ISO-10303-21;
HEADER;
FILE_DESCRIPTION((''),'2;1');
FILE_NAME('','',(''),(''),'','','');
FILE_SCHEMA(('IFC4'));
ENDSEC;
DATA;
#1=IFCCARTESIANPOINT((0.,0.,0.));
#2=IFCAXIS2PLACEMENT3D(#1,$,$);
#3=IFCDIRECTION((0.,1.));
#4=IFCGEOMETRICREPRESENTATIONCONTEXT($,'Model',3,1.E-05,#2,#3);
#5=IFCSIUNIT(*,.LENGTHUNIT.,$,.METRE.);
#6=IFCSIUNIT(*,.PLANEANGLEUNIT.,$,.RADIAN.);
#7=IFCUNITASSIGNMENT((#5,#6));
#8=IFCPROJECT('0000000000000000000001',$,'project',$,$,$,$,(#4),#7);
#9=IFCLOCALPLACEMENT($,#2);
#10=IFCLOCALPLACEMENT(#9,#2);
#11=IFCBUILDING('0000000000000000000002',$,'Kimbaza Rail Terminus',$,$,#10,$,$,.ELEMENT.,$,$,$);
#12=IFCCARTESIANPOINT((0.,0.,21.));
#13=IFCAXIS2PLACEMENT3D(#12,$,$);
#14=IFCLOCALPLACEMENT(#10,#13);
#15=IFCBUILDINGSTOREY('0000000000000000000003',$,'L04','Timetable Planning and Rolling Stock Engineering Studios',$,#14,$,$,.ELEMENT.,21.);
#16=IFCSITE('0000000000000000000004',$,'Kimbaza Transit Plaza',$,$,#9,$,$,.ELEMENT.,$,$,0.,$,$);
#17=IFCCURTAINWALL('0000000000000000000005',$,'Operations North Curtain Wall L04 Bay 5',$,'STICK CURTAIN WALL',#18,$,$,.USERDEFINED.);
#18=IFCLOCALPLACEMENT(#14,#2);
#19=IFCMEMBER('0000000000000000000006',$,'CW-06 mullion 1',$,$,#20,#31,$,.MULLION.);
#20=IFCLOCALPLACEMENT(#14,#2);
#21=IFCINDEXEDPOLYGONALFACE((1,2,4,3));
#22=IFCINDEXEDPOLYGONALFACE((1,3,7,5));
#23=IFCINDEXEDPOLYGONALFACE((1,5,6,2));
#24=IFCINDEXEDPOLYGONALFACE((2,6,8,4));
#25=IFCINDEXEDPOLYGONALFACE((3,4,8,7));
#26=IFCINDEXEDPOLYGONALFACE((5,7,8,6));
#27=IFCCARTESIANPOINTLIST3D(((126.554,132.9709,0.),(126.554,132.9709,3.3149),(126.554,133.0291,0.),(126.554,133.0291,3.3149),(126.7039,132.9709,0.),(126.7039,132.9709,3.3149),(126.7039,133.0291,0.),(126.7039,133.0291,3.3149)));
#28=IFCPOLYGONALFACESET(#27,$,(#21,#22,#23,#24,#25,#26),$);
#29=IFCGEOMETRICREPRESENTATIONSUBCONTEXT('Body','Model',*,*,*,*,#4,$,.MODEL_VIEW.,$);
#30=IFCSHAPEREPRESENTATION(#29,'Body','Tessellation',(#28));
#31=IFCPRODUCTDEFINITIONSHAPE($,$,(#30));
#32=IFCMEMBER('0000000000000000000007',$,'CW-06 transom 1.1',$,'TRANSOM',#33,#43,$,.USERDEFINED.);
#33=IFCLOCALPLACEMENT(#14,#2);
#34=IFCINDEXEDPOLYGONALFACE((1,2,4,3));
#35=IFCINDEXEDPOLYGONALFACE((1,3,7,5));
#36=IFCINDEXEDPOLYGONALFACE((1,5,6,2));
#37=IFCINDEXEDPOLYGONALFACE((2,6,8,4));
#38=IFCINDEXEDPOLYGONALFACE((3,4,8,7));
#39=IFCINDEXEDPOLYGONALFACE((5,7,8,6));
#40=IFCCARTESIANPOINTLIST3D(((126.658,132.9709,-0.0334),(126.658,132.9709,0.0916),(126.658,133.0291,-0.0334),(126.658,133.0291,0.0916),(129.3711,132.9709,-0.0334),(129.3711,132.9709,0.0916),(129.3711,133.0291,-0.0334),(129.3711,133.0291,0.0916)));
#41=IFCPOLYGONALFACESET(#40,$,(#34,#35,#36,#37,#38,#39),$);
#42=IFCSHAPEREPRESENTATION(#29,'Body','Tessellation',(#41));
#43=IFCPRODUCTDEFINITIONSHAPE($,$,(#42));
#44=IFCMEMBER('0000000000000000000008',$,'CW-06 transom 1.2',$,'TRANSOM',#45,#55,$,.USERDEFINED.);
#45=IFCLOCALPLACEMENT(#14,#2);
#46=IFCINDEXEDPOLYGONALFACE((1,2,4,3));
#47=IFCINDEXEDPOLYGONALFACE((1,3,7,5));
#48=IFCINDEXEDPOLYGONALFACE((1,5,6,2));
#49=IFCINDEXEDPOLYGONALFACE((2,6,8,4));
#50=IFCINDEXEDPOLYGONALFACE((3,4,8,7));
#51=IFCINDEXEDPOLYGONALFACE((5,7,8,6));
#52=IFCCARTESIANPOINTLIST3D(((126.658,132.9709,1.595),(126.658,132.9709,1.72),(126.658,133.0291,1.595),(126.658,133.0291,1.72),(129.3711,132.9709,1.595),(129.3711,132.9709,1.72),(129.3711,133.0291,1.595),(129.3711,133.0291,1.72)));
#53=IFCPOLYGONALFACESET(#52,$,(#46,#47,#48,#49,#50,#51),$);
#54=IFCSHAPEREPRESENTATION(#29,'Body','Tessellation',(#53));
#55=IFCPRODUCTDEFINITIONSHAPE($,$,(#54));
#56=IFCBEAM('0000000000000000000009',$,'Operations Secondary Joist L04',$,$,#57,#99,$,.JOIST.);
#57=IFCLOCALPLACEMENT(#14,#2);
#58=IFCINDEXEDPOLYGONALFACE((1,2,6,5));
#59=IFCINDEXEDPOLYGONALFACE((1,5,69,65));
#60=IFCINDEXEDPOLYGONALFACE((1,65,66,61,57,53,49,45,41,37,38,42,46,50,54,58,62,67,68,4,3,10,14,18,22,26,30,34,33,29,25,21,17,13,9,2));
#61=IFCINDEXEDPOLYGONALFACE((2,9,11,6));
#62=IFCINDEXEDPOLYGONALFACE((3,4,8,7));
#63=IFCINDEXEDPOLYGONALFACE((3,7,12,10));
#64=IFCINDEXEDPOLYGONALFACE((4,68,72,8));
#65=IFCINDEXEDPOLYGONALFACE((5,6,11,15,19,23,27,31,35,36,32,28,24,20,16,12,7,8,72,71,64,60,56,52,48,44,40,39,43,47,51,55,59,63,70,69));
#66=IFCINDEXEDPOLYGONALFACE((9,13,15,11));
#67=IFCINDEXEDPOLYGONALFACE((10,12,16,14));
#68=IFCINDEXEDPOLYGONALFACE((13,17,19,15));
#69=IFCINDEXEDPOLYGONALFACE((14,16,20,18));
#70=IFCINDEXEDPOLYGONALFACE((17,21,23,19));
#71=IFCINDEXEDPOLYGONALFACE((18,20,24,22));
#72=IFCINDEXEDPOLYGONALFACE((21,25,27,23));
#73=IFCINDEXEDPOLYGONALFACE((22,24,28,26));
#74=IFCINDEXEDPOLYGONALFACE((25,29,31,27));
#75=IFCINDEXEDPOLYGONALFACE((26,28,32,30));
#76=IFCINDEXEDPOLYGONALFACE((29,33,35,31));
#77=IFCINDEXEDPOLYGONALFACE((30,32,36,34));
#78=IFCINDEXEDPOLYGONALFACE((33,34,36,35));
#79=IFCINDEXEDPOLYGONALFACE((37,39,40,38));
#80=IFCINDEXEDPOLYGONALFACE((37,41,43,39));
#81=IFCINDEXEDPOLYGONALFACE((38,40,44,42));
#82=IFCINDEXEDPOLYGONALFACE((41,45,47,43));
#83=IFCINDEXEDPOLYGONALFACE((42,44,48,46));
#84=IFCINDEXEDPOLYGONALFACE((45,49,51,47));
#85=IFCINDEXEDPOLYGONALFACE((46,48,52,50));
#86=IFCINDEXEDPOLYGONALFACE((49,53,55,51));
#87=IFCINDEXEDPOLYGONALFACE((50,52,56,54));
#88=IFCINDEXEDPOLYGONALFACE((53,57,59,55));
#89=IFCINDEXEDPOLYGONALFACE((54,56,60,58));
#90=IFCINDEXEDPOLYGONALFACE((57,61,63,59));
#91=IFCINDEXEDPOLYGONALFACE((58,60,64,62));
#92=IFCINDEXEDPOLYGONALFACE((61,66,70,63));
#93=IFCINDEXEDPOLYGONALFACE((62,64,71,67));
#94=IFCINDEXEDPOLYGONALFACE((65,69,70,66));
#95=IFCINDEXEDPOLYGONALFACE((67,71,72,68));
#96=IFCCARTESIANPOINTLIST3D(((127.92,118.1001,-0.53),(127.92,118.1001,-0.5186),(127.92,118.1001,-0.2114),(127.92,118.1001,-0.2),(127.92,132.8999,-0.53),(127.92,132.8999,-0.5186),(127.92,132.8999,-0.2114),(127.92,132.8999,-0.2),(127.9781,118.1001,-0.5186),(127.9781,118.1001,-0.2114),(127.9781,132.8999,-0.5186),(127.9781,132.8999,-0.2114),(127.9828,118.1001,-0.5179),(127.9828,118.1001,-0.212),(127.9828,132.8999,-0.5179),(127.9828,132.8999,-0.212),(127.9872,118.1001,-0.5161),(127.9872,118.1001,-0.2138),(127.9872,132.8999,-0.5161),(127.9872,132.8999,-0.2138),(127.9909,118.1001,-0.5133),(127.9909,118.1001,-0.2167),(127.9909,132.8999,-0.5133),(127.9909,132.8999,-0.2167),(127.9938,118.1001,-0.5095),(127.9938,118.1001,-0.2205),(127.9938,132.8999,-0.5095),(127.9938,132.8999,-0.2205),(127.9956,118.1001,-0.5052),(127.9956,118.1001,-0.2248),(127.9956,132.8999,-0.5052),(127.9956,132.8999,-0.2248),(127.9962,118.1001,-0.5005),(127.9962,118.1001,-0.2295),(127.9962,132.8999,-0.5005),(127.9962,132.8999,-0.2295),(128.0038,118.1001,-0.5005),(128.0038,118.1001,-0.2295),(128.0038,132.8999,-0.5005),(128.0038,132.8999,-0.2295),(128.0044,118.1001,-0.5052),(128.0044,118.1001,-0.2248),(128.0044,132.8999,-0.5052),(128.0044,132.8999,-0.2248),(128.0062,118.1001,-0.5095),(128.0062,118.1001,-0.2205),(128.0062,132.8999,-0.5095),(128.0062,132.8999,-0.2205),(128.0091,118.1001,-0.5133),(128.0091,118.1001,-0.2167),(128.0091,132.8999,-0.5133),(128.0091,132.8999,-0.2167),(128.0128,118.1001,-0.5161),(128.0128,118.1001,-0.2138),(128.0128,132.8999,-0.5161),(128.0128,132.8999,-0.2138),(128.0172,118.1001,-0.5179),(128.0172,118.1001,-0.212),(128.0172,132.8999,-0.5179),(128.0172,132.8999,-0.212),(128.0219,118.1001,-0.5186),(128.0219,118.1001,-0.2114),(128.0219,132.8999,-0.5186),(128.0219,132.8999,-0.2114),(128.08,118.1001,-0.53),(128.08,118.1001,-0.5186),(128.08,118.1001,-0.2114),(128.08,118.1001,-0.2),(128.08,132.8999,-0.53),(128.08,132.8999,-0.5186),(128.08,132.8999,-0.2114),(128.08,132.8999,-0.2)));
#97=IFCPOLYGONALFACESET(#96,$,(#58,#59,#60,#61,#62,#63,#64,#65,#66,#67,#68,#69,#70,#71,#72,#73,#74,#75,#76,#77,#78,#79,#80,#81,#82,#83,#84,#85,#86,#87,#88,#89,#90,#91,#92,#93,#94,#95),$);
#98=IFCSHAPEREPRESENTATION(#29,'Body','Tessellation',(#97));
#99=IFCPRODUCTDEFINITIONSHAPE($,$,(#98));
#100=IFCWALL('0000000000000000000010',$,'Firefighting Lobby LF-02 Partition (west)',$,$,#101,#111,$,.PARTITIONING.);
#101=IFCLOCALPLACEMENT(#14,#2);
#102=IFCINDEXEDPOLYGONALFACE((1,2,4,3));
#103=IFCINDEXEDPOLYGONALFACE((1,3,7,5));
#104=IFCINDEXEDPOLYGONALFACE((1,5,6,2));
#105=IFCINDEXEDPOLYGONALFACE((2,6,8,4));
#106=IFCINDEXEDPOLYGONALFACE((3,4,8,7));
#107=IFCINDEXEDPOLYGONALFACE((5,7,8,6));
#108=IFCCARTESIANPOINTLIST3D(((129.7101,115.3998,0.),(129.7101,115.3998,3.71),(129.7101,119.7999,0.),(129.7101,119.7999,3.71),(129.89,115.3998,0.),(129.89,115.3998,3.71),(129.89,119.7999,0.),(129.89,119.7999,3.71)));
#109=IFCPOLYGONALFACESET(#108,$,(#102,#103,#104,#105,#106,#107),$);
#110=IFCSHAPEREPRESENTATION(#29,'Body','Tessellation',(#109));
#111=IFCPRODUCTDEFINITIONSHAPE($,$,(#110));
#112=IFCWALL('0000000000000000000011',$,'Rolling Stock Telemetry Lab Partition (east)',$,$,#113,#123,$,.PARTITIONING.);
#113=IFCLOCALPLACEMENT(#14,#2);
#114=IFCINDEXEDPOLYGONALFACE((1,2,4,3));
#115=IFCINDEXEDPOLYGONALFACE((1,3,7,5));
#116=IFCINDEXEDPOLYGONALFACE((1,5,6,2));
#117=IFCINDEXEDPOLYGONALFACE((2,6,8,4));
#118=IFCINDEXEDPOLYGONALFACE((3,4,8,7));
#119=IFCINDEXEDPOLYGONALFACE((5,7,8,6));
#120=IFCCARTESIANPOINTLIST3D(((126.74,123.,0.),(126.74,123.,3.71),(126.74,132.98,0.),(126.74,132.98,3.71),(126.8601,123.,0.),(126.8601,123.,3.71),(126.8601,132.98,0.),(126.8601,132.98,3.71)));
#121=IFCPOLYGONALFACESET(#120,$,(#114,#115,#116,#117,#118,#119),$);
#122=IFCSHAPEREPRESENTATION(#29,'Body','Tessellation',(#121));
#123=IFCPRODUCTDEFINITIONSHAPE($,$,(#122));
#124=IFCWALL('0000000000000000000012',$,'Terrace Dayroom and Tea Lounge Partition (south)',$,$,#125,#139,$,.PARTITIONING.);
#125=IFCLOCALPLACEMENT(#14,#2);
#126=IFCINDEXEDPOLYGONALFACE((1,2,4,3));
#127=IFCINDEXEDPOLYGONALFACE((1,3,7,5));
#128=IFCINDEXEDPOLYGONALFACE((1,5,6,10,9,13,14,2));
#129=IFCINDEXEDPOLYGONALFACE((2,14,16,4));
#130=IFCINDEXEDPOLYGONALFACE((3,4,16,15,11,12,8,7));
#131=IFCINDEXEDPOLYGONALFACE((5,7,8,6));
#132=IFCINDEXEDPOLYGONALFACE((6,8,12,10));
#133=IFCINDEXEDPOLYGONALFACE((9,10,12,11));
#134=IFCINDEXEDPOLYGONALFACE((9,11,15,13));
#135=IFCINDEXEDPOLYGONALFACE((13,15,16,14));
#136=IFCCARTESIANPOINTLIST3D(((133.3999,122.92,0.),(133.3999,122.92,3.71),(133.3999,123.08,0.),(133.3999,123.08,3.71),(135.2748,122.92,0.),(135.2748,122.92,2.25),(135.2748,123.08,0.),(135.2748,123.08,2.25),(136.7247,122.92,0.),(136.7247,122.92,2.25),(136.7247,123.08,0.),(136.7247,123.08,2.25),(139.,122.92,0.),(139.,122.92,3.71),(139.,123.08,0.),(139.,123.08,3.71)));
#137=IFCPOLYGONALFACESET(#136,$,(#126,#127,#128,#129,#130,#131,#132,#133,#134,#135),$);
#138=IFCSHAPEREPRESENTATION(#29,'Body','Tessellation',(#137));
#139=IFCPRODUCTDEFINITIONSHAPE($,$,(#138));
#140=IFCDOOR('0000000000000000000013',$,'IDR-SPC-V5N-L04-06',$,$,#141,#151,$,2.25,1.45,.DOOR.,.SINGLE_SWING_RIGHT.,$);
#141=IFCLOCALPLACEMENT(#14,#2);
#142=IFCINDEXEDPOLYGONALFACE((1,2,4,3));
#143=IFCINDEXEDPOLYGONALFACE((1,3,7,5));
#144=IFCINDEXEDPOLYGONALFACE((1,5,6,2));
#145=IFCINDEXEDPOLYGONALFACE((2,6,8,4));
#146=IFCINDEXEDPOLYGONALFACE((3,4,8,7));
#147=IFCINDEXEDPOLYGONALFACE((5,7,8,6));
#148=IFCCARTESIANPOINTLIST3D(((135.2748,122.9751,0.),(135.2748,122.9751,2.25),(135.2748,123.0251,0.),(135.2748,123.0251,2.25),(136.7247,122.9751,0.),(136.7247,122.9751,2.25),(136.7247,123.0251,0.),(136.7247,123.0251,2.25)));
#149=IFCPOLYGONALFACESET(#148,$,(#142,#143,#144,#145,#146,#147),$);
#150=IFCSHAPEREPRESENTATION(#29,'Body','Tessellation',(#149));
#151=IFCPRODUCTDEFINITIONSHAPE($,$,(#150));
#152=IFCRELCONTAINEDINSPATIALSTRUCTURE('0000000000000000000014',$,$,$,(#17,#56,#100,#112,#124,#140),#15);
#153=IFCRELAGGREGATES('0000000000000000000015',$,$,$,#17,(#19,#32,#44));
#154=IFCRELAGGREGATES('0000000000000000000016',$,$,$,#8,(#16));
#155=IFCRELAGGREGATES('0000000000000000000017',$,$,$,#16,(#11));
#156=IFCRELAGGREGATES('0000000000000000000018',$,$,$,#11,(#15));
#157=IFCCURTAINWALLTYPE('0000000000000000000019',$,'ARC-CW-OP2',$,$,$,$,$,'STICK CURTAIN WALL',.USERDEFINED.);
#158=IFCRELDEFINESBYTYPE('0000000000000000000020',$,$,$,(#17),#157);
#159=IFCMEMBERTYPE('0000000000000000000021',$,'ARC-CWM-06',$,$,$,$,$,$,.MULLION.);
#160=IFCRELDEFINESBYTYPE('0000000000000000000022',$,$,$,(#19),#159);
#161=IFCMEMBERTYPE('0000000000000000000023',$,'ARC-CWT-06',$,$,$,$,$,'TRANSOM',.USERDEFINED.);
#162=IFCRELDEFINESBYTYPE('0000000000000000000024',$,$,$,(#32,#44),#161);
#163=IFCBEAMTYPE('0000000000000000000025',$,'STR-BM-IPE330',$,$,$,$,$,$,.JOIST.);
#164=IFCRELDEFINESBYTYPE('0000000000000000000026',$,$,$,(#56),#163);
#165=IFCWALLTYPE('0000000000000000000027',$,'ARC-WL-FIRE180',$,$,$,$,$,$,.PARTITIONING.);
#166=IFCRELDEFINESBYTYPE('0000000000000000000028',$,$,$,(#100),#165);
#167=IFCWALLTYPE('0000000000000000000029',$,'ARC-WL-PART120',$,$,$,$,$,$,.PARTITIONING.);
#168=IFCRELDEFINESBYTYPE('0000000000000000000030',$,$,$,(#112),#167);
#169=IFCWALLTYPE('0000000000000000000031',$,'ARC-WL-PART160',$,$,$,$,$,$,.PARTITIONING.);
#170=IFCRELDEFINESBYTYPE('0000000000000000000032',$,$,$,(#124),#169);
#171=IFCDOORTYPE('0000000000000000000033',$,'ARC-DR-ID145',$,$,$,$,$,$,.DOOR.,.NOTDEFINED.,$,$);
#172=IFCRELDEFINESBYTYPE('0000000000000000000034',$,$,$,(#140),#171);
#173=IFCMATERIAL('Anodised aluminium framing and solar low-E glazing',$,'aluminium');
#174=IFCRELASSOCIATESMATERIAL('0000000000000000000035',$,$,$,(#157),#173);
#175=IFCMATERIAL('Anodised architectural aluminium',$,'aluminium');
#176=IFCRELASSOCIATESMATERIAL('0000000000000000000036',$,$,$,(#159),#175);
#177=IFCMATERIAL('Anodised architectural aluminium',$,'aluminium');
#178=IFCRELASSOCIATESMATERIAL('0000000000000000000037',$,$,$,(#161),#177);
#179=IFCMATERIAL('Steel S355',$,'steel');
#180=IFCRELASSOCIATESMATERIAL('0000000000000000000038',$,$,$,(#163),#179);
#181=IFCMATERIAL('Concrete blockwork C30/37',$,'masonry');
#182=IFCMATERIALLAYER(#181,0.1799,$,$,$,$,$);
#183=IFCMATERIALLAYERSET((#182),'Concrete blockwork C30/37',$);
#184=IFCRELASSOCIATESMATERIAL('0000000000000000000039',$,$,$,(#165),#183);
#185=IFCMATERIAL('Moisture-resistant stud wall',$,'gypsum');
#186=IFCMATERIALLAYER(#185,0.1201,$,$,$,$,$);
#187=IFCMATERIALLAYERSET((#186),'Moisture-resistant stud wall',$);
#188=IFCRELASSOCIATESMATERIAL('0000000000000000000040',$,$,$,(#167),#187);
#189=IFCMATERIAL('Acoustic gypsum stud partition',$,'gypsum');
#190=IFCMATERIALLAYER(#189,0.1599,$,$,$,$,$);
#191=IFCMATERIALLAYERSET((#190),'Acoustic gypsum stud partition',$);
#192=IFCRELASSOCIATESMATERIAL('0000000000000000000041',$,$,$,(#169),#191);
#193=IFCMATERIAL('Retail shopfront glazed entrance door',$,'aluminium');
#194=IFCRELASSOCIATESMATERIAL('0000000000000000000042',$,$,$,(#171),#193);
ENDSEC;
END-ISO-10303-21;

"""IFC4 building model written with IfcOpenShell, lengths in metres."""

from ifc_helpers import new_model, si_unit, direction, frame, frame_2d, origin, origin_2d, place, context, subcontext, project, spatial, rectangle, i_section, extrude, material, layer, layer_set, material_profile, profile_set, type_object, element, fill, aggregate, save


model = new_model("IFC4")

# Units and contexts
model_context = context("Model", 3, precision=1e-05, world=origin(), true_north=direction((0.0, 1.0)))
body_context = subcontext(model_context, "Body", "Model", "MODEL_VIEW")
ifc_project = project(units=[si_unit("LENGTHUNIT", "METRE"), si_unit("PLANEANGLEUNIT", "RADIAN")], contexts=[model_context])

# Site, building, storey
site_placement = place(None, origin())
site = spatial("IfcSite", under=ifc_project, at=site_placement, Name="Kimbaza Transit Plaza", CompositionType="ELEMENT", RefElevation=0.0)
building_placement = place(site_placement, origin())
building = spatial("IfcBuilding", under=site, at=building_placement, Name="Kimbaza Rail Terminus", CompositionType="ELEMENT")
storey_placement = place(building_placement, frame((0.0, 0.0, 21.0)))
storey = spatial("IfcBuildingStorey", under=building, at=storey_placement, Name="L04", Description="Timetable Planning and Rolling Stock Engineering Studios", CompositionType="ELEMENT", Elevation=21.0)

# Curtain wall, members
ifc_material_1 = material(Name="Anodised aluminium framing and solar low-E glazing", Category="aluminium")
curtain_wall_type = type_object("IfcCurtainWallType", Name="ARC-CW-OP2", ElementType="STICK CURTAIN WALL", PredefinedType="USERDEFINED", material=ifc_material_1)
curtain_wall_placement = place(storey_placement, origin())
curtain_wall = element("IfcCurtainWall", 1, at=curtain_wall_placement, inside=storey, type_object=curtain_wall_type, Name="Operations North Curtain Wall L04 Bay 5", ObjectType="STICK CURTAIN WALL", PredefinedType="USERDEFINED")
ifc_material_2 = material(Name="Anodised architectural aluminium", Category="aluminium")
ifc_material_profile_1 = material_profile(ifc_material_2, rectangle(XDim=0.0581, YDim=0.1499, at=origin_2d()), Name="MULLION 58x150")
ifc_profile_set_1 = profile_set([ifc_material_profile_1], Name="Anodised architectural aluminium")
member_type_1 = type_object("IfcMemberType", Name="ARC-CWM-06", PredefinedType="MULLION", material=ifc_profile_set_1)
member_1_placement = place(storey_placement, frame((126.6289, 133.0, 0.0), z_axis=(0.0, 0.0, 1.0), x_axis=(0.0, 1.0, 0.0)))
member_1 = element("IfcMember", 2, at=member_1_placement, type_object=member_type_1, Name="CW-06 mullion 1", PredefinedType="MULLION", context=body_context, shape_type="SweptSolid", body=[
    extrude(rectangle(XDim=0.0581, YDim=0.1499, at=origin_2d()), origin(), (0.0, 0.0, 1.0), 3.3149),
])
ifc_material_3 = material(Name="Anodised architectural aluminium", Category="aluminium")
ifc_material_profile_2 = material_profile(ifc_material_3, rectangle(XDim=0.0581, YDim=0.125, at=origin_2d()), Name="TRANSOM 58x125")
ifc_profile_set_2 = profile_set([ifc_material_profile_2], Name="Anodised architectural aluminium")
member_type_2 = type_object("IfcMemberType", Name="ARC-CWT-06", ElementType="TRANSOM", PredefinedType="USERDEFINED", material=ifc_profile_set_2)
member_2_placement = place(storey_placement, frame((126.658, 133.0, 0.0291), z_axis=(1.0, 0.0, 0.0), x_axis=(0.0, 1.0, 0.0)))
member_2 = element("IfcMember", 3, at=member_2_placement, type_object=member_type_2, Name="CW-06 transom 1.1", ObjectType="TRANSOM", PredefinedType="USERDEFINED", context=body_context, shape_type="SweptSolid", body=[
    extrude(rectangle(XDim=0.0581, YDim=0.125, at=origin_2d()), origin(), (0.0, 0.0, 1.0), 2.7131),
])
member_3_placement = place(storey_placement, frame((126.658, 133.0, 1.6575), z_axis=(1.0, 0.0, 0.0), x_axis=(0.0, 1.0, 0.0)))
member_3 = element("IfcMember", 4, at=member_3_placement, type_object=member_type_2, Name="CW-06 transom 1.2", ObjectType="TRANSOM", PredefinedType="USERDEFINED", context=body_context, shape_type="SweptSolid", body=[
    extrude(rectangle(XDim=0.0581, YDim=0.125, at=origin_2d()), origin(), (0.0, 0.0, 1.0), 2.7131),
])
aggregate(curtain_wall, [member_1, member_2, member_3])

# Beam
ifc_material_4 = material(Name="Steel S355", Category="steel")
ifc_material_profile_3 = material_profile(ifc_material_4, i_section(OverallWidth=0.1599, OverallDepth=0.3301, WebThickness=0.0076, FlangeThickness=0.0115, FilletRadius=0.0181, at=origin_2d()), Name="IPE 330")
ifc_profile_set_3 = profile_set([ifc_material_profile_3], Name="Steel S355")
beam_type = type_object("IfcBeamType", Name="STR-BM-IPE330", PredefinedType="JOIST", material=ifc_profile_set_3)
beam_placement = place(storey_placement, frame((128.0, 118.1001, -0.365), z_axis=(0.0, 1.0, 0.0), x_axis=(-1.0, 0.0, 0.0)))
element("IfcBeam", 5, at=beam_placement, inside=storey, type_object=beam_type, Name="Operations Secondary Joist L04", PredefinedType="JOIST", context=body_context, shape_type="SweptSolid", body=[
    extrude(i_section(OverallWidth=0.1599, OverallDepth=0.3301, WebThickness=0.0076, FlangeThickness=0.0115, FilletRadius=0.0181, at=origin_2d()), origin(), (0.0, 0.0, 1.0), 14.7998),
])

# Walls
ifc_material_5 = material(Name="Concrete blockwork C30/37", Category="masonry")
ifc_layer_1 = layer(ifc_material_5, 0.1799)
ifc_layer_set_1 = layer_set([ifc_layer_1], Name="Concrete blockwork C30/37")
wall_type_1 = type_object("IfcWallType", Name="ARC-WL-FIRE180", PredefinedType="PARTITIONING", material=ifc_layer_set_1)
wall_1_placement = place(storey_placement, frame((129.8, 119.8, 0.0), z_axis=(0.0, 0.0, 1.0), x_axis=(0.0, -1.0, 0.0)))
element("IfcWall", 6, at=wall_1_placement, inside=storey, type_object=wall_type_1, Name="Firefighting Lobby LF-02 Partition (west)", PredefinedType="PARTITIONING", context=body_context, shape_type="SweptSolid", body=[
    extrude(rectangle(XDim=4.4001, YDim=0.1799, at=frame_2d((2.2002, 0.0))), origin(), (0.0, 0.0, 1.0), 3.71),
])
ifc_material_6 = material(Name="Moisture-resistant stud wall", Category="gypsum")
ifc_layer_2 = layer(ifc_material_6, 0.1201)
ifc_layer_set_2 = layer_set([ifc_layer_2], Name="Moisture-resistant stud wall")
wall_type_2 = type_object("IfcWallType", Name="ARC-WL-PART120", PredefinedType="PARTITIONING", material=ifc_layer_set_2)
wall_2_placement = place(storey_placement, frame((126.8, 123.0, 0.0), z_axis=(0.0, 0.0, 1.0), x_axis=(0.0, 1.0, 0.0)))
element("IfcWall", 7, at=wall_2_placement, inside=storey, type_object=wall_type_2, Name="Rolling Stock Telemetry Lab Partition (east)", PredefinedType="PARTITIONING", context=body_context, shape_type="SweptSolid", body=[
    extrude(rectangle(XDim=9.98, YDim=0.1201, at=frame_2d((4.99, 0.0))), origin(), (0.0, 0.0, 1.0), 3.71),
])

# Wall, opening, door
ifc_material_7 = material(Name="Acoustic gypsum stud partition", Category="gypsum")
ifc_layer_3 = layer(ifc_material_7, 0.1599)
ifc_layer_set_3 = layer_set([ifc_layer_3], Name="Acoustic gypsum stud partition")
wall_type_3 = type_object("IfcWallType", Name="ARC-WL-PART160", PredefinedType="PARTITIONING", material=ifc_layer_set_3)
wall_3_placement = place(storey_placement, frame((133.3999, 123.0, 0.0), z_axis=(0.0, 0.0, 1.0), x_axis=(1.0, 0.0, 0.0)))
wall_3 = element("IfcWall", 8, at=wall_3_placement, inside=storey, type_object=wall_type_3, Name="Terrace Dayroom and Tea Lounge Partition (south)", PredefinedType="PARTITIONING", context=body_context, shape_type="SweptSolid", body=[
    extrude(rectangle(XDim=5.6001, YDim=0.1599, at=frame_2d((2.8, 0.0))), origin(), (0.0, 0.0, 1.0), 3.71),
])
opening_1_placement = place(wall_3_placement, frame((3.325, 0.0, 0.0), z_axis=(0.0, 0.0, 1.0), x_axis=(-1.0, 0.0, 0.0)))
opening_1 = element("IfcOpeningElement", 9, at=opening_1_placement, cuts=wall_3, PredefinedType="OPENING", context=body_context, shape_type="SweptSolid", body=[
    extrude(rectangle(XDim=1.45, YDim=2.25, at=frame_2d((0.7251, 1.125))), frame((0.0, 0.0898, 0.0), z_axis=(0.0, -1.0, 0.0), x_axis=(1.0, 0.0, 0.0)), (0.0, 0.0, 1.0), 0.1799),
])
ifc_material_8 = material(Name="Retail shopfront glazed entrance door", Category="aluminium")
door_type_1 = type_object("IfcDoorType", Name="ARC-DR-ID145", OperationType="NOTDEFINED", PredefinedType="DOOR", material=ifc_material_8)
door_1_placement = place(opening_1_placement, origin())
door_1 = element("IfcDoor", 10, at=door_1_placement, inside=storey, type_object=door_type_1, Name="IDR-SPC-V5N-L04-06", OperationType="SINGLE_SWING_RIGHT", OverallHeight=2.25, OverallWidth=1.45, PredefinedType="DOOR", context=body_context, shape_type="SweptSolid", body=[
    extrude(rectangle(XDim=1.45, YDim=2.25, at=frame_2d((0.7251, 1.125))), frame((0.0, 0.0249, 0.0), z_axis=(0.0, -1.0, 0.0), x_axis=(1.0, 0.0, 0.0)), (0.0, 0.0, 1.0), 0.05),
])
fill(opening_1, door_1)

save(model, "model.ifc")
